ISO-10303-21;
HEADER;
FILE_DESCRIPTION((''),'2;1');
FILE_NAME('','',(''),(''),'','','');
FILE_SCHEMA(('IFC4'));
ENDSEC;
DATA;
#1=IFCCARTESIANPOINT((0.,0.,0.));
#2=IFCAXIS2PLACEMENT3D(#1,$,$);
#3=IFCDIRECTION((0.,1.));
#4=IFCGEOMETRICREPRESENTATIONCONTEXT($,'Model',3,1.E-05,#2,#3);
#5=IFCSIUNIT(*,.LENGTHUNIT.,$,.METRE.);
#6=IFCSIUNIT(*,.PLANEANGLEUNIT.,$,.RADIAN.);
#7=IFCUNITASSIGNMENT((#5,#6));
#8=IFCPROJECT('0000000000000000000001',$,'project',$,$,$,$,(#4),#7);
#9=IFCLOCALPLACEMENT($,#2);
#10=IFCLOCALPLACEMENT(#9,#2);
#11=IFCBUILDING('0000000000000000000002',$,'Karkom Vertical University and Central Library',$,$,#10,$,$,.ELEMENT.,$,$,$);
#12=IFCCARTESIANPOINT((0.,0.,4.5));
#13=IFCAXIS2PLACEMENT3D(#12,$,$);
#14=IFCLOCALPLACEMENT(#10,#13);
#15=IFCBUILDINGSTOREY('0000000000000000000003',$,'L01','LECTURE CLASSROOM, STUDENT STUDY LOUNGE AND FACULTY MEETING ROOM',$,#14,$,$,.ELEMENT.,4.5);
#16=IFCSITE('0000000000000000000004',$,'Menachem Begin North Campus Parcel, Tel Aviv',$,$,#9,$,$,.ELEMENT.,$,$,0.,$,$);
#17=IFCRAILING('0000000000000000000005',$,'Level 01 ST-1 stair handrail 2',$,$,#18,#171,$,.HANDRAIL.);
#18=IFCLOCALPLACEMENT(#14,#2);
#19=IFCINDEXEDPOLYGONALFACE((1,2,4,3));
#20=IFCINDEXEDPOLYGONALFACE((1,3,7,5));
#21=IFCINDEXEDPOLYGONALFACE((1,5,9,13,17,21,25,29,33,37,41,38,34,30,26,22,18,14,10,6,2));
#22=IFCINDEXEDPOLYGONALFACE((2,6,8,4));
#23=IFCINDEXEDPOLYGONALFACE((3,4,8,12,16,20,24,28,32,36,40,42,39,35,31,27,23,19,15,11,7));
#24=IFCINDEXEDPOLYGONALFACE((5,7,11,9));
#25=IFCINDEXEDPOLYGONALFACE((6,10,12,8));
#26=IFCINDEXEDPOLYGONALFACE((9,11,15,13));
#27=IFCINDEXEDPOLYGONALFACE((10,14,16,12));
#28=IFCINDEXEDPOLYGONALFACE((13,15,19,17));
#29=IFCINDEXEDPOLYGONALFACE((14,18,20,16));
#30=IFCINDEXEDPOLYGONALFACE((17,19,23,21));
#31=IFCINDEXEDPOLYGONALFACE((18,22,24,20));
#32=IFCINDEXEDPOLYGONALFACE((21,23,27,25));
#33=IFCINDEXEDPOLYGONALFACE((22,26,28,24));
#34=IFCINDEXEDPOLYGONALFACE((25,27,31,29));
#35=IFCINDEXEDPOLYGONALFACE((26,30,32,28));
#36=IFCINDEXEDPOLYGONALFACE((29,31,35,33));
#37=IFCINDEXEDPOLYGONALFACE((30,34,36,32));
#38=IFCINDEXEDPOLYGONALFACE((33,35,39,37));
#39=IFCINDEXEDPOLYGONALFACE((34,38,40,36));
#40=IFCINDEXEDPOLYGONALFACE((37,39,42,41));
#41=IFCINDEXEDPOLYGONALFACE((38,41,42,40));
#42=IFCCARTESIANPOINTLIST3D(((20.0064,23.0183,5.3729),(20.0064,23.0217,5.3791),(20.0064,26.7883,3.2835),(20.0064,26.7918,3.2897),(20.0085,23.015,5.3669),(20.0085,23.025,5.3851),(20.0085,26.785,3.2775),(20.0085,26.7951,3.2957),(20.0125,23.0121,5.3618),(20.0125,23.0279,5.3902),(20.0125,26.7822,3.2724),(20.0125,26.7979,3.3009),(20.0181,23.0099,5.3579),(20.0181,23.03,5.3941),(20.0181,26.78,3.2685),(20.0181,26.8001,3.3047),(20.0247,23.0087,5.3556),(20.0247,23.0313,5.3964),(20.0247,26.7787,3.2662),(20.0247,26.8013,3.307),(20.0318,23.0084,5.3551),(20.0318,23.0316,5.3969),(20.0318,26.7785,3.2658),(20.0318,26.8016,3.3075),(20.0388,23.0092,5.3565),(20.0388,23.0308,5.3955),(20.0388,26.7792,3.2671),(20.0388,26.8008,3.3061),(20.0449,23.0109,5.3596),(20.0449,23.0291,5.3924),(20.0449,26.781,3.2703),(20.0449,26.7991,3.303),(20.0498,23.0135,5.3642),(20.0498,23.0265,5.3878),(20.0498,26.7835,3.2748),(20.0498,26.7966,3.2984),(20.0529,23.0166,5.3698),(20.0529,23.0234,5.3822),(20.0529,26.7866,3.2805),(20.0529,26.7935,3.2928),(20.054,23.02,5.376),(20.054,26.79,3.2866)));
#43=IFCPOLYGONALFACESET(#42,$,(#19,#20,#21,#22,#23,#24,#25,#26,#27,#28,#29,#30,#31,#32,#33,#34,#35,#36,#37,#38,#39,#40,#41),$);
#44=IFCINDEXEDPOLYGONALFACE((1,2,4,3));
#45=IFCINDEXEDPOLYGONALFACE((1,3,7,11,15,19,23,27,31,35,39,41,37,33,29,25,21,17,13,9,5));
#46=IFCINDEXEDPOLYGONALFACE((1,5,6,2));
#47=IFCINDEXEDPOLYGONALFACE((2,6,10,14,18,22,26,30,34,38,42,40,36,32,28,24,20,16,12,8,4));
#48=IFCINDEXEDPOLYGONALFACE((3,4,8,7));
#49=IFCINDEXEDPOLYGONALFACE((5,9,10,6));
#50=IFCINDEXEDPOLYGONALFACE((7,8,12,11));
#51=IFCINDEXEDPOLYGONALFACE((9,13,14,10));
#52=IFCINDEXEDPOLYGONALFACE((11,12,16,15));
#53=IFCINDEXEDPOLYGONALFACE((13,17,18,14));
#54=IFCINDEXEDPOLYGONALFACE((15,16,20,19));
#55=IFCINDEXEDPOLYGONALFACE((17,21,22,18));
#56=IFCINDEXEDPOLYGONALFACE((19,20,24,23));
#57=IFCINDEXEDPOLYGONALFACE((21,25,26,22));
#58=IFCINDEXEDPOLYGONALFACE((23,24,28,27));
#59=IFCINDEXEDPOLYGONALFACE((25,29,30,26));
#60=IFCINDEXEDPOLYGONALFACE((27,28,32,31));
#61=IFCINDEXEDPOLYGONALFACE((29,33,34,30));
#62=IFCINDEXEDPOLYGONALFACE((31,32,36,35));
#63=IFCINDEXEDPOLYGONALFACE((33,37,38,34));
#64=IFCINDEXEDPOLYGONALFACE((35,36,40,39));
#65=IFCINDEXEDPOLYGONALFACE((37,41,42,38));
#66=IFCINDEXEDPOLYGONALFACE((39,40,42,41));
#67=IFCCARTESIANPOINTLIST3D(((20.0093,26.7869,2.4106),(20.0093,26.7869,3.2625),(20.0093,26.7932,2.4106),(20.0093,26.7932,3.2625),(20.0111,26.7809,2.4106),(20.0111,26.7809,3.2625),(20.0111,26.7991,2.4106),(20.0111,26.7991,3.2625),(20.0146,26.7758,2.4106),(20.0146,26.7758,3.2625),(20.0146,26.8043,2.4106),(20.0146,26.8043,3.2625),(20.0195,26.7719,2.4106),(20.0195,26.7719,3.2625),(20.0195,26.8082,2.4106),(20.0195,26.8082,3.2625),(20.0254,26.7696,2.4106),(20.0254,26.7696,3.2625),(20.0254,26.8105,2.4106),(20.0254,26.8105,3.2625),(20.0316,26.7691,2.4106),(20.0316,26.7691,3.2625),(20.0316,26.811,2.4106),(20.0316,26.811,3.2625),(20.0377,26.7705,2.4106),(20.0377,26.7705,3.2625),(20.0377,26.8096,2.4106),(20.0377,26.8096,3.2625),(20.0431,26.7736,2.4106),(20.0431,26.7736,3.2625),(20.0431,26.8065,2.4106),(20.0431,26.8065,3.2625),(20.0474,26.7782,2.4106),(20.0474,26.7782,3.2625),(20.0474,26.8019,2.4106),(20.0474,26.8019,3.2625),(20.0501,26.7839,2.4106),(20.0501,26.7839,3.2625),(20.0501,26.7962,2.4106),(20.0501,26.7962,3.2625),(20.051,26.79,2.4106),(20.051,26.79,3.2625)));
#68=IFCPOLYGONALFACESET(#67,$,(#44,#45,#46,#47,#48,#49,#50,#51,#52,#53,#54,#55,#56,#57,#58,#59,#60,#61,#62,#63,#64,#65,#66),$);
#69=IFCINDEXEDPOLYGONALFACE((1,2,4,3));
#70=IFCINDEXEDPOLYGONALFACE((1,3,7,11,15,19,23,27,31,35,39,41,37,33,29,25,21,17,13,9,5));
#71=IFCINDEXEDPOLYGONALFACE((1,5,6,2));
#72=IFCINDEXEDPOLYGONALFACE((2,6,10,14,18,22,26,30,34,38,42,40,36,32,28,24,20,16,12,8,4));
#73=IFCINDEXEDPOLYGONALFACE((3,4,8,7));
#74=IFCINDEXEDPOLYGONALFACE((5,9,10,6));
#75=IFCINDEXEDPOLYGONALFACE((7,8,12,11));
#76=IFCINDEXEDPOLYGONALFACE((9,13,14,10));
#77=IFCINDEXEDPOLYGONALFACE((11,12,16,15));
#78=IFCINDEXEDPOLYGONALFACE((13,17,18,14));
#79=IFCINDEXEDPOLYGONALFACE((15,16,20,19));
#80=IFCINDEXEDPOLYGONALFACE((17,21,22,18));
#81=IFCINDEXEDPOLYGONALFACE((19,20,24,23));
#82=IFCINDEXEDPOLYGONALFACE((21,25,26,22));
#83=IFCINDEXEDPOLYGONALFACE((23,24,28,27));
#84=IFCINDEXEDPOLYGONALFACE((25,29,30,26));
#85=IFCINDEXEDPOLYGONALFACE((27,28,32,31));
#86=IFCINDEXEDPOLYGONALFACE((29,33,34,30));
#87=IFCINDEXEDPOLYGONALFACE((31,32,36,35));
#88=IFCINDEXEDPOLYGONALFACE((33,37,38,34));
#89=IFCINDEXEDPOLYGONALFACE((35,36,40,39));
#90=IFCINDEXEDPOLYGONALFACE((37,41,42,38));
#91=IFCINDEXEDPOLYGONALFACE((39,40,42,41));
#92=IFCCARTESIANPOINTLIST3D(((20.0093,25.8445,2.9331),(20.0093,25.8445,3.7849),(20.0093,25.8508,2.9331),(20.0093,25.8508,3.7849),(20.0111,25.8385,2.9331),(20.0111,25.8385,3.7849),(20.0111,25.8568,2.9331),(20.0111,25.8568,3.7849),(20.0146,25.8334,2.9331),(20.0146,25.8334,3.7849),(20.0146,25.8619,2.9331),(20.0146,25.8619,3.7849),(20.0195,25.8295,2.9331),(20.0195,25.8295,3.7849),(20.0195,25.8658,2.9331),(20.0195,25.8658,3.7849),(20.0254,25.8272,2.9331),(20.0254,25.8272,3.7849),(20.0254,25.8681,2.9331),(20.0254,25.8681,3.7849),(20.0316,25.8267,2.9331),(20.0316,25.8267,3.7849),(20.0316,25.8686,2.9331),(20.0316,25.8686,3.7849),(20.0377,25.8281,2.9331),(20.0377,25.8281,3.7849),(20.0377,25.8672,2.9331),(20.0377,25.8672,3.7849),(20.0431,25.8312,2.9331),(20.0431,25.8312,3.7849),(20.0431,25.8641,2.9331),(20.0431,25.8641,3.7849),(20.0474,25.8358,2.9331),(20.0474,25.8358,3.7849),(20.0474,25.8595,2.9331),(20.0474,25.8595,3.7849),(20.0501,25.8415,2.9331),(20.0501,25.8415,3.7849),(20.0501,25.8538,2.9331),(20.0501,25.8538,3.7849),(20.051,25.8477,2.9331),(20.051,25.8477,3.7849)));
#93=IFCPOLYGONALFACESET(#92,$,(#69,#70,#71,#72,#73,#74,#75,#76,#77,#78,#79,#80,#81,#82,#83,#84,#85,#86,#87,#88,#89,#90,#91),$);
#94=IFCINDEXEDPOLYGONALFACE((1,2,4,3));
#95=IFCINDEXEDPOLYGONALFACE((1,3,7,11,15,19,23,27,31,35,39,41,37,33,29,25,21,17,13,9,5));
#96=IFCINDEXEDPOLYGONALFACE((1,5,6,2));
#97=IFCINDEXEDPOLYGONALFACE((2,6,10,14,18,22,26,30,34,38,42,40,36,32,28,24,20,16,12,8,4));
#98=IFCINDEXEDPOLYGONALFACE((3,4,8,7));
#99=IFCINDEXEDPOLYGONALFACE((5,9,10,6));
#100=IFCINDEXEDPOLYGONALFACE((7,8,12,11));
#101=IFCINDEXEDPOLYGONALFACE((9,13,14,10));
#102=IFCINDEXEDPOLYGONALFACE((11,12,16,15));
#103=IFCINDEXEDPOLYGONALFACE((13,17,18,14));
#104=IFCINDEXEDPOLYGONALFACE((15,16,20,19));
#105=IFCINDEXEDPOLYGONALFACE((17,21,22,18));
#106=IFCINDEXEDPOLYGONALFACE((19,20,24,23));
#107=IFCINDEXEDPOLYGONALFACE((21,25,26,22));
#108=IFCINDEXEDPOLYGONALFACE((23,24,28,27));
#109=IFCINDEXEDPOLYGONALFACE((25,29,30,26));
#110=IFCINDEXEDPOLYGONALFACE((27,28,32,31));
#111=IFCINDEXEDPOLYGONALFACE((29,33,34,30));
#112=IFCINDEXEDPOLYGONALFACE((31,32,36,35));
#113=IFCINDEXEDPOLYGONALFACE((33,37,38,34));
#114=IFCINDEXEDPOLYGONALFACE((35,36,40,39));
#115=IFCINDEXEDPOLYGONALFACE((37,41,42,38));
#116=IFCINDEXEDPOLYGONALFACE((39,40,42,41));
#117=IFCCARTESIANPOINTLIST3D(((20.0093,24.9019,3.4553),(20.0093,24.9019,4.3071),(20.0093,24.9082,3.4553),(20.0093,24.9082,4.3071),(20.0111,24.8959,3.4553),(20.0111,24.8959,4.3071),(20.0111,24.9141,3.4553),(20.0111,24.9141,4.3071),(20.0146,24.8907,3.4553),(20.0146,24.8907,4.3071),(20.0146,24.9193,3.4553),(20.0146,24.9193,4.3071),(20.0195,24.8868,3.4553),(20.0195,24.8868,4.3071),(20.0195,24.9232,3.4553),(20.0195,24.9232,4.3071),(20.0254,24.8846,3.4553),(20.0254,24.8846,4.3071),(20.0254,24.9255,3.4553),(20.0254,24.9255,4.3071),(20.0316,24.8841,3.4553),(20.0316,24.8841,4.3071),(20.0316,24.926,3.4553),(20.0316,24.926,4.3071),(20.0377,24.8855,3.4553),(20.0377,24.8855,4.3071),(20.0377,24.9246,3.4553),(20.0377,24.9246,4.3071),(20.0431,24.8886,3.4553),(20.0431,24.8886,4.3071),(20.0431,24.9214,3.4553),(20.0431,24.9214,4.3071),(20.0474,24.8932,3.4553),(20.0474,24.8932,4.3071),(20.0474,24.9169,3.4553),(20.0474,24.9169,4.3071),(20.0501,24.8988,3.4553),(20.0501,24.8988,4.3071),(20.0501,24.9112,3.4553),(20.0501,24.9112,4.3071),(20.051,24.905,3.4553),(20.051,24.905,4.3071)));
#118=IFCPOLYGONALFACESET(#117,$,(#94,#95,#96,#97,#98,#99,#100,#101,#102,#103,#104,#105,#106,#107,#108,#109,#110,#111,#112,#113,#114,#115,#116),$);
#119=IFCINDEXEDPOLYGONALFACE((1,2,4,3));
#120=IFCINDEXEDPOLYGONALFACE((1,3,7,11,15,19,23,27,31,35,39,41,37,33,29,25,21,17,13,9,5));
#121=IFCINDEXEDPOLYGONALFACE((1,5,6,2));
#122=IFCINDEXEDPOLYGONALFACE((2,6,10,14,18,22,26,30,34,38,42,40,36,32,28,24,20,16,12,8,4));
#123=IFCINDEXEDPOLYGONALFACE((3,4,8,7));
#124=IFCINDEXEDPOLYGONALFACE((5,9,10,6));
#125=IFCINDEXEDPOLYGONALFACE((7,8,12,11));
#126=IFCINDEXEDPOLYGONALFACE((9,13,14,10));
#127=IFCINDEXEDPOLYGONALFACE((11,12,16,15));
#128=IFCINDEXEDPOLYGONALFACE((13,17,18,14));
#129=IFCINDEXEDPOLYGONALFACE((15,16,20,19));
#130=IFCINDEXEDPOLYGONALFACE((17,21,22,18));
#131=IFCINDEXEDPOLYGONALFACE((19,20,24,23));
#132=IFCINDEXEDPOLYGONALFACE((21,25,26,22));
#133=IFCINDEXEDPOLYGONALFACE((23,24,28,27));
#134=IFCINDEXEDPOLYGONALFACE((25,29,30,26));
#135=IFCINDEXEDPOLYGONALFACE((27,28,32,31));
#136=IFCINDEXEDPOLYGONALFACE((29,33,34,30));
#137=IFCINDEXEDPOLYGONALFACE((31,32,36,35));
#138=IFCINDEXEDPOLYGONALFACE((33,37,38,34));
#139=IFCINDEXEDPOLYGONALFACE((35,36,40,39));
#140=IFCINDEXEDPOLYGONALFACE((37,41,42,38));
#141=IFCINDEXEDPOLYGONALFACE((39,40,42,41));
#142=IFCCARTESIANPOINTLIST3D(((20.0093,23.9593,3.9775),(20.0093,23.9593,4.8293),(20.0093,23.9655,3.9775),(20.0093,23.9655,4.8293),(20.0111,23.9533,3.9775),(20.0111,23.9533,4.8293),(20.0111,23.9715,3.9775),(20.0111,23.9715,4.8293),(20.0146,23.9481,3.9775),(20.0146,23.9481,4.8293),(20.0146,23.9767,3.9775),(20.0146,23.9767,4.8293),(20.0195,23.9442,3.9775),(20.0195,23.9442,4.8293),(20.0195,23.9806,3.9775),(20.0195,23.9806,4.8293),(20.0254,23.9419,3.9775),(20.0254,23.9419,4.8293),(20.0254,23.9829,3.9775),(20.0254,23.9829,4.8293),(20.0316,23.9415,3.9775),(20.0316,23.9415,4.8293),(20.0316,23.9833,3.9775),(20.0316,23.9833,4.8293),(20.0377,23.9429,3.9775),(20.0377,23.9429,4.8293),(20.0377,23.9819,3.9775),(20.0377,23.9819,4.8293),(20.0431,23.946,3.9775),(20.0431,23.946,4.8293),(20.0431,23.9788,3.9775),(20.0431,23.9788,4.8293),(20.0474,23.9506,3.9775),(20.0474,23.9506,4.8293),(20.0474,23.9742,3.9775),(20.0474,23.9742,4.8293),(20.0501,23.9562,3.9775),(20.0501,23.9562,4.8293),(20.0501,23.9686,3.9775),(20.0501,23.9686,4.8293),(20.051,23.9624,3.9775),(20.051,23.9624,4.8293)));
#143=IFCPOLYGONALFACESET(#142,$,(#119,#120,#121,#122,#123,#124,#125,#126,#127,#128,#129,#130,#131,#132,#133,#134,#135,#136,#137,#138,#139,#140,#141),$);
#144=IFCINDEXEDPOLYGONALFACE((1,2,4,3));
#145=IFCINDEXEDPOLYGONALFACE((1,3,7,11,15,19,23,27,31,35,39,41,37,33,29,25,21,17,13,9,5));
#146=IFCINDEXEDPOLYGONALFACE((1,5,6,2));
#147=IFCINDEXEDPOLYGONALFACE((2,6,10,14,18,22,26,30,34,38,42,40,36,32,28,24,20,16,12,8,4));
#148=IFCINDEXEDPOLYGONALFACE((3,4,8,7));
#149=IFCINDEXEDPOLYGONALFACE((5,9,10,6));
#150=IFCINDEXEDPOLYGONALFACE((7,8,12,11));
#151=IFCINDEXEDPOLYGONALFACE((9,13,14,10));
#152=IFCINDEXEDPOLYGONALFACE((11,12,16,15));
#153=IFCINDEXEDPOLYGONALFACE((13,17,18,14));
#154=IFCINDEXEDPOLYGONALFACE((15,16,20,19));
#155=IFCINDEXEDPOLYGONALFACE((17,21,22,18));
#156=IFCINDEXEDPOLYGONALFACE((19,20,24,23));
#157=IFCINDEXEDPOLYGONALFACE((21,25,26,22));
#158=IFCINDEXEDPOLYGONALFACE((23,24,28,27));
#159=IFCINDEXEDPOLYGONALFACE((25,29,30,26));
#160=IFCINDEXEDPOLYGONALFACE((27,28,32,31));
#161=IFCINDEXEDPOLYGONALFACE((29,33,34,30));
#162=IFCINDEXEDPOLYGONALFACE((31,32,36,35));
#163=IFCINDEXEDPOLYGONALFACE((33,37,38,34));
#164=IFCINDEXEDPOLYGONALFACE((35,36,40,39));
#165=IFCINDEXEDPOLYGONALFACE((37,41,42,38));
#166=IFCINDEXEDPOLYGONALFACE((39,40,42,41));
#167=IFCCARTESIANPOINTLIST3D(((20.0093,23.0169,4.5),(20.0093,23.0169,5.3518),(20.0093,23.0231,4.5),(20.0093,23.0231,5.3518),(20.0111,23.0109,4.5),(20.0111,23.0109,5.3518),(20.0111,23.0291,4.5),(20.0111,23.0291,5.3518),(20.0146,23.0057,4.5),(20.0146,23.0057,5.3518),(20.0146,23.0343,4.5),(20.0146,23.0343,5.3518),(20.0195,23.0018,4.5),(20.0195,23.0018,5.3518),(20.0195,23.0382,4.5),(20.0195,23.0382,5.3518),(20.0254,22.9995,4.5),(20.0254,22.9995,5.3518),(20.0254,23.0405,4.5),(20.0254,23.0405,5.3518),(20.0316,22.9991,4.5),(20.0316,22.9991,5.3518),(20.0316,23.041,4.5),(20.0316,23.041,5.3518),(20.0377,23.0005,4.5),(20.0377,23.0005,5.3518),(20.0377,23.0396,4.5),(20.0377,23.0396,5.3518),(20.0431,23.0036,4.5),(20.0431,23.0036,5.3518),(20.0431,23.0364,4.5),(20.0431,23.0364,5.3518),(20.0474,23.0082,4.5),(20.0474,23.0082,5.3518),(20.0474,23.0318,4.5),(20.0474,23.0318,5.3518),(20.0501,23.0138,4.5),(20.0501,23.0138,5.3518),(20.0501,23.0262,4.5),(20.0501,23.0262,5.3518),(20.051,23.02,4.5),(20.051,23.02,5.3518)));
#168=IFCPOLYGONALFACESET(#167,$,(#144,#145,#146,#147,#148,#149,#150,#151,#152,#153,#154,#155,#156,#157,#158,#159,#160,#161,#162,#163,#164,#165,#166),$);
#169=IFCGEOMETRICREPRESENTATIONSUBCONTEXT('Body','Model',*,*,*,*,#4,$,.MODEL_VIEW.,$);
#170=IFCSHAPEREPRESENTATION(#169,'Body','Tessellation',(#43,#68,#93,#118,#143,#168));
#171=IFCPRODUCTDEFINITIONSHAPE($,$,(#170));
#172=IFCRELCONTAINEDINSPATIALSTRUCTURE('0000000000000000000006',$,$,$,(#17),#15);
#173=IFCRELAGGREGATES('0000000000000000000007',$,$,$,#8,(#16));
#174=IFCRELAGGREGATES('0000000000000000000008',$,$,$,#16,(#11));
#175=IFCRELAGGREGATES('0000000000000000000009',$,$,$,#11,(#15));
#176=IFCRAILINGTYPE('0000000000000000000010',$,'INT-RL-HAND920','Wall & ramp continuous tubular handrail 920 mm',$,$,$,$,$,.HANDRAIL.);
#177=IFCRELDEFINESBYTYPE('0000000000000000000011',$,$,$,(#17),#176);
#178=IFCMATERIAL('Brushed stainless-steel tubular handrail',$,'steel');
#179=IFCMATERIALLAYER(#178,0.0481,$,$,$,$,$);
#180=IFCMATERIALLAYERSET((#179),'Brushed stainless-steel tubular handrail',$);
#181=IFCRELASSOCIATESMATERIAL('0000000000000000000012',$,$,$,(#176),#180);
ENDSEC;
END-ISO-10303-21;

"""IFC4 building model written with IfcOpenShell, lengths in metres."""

from ifc_helpers import new_model, si_unit, direction, frame, origin, origin_2d, place, context, subcontext, project, spatial, circle, extrude, material, layer, layer_set, type_object, element, save


model = new_model("IFC4")

# Units and contexts
model_context = context("Model", 3, precision=1e-05, world=origin(), true_north=direction((0.0, 1.0)))
body_context = subcontext(model_context, "Body", "Model", "MODEL_VIEW")
ifc_project = project(units=[si_unit("LENGTHUNIT", "METRE"), si_unit("PLANEANGLEUNIT", "RADIAN")], contexts=[model_context])

# Site, building, storey
site_placement = place(None, origin())
site = spatial("IfcSite", under=ifc_project, at=site_placement, Name="Menachem Begin North Campus Parcel, Tel Aviv", CompositionType="ELEMENT", RefElevation=0.0)
building_placement = place(site_placement, origin())
building = spatial("IfcBuilding", under=site, at=building_placement, Name="Karkom Vertical University and Central Library", CompositionType="ELEMENT")
storey_placement = place(building_placement, frame((0.0, 0.0, 4.5)))
storey = spatial("IfcBuildingStorey", under=building, at=storey_placement, Name="L01", Description="LECTURE CLASSROOM, STUDENT STUDY LOUNGE AND FACULTY MEETING ROOM", CompositionType="ELEMENT", Elevation=4.5)

# Railing
ifc_material_1 = material(Name="Brushed stainless-steel tubular handrail", Category="steel")
ifc_layer_1 = layer(ifc_material_1, 0.0481)
ifc_layer_set_1 = layer_set([ifc_layer_1], Name="Brushed stainless-steel tubular handrail")
railing_type_1 = type_object("IfcRailingType", Name="INT-RL-HAND920", Description="Wall & ramp continuous tubular handrail 920 mm", PredefinedType="HANDRAIL", material=ifc_layer_set_1)
railing_1_placement = place(storey_placement, frame((20.03, 26.79, 2.4106)))
element("IfcRailing", 1, at=railing_1_placement, inside=storey, type_object=railing_type_1, Name="Level 01 ST-1 stair handrail 2", PredefinedType="HANDRAIL", context=body_context, shape_type="SweptSolid", body=[
    extrude(circle(Radius=0.0239, at=origin_2d()), frame((0.0, 0.0, 0.876), z_axis=(0.0, -0.874659, 0.484739), x_axis=(1.0, 0.0, 0.0)), (0.0, 0.0, 1.0), 4.3103),
    extrude(circle(Radius=0.021, at=origin_2d()), origin(), (0.0, 0.0, 1.0), 0.8518),
    extrude(circle(Radius=0.021, at=origin_2d()), frame((0.0, -0.9424, 0.5225)), (0.0, 0.0, 1.0), 0.8518),
    extrude(circle(Radius=0.021, at=origin_2d()), frame((0.0, -1.885, 1.0447)), (0.0, 0.0, 1.0), 0.8518),
    extrude(circle(Radius=0.021, at=origin_2d()), frame((0.0, -2.8276, 1.5669)), (0.0, 0.0, 1.0), 0.8518),
    extrude(circle(Radius=0.021, at=origin_2d()), frame((0.0, -3.77, 2.0894)), (0.0, 0.0, 1.0), 0.8518),
])

save(model, "model.ifc")
